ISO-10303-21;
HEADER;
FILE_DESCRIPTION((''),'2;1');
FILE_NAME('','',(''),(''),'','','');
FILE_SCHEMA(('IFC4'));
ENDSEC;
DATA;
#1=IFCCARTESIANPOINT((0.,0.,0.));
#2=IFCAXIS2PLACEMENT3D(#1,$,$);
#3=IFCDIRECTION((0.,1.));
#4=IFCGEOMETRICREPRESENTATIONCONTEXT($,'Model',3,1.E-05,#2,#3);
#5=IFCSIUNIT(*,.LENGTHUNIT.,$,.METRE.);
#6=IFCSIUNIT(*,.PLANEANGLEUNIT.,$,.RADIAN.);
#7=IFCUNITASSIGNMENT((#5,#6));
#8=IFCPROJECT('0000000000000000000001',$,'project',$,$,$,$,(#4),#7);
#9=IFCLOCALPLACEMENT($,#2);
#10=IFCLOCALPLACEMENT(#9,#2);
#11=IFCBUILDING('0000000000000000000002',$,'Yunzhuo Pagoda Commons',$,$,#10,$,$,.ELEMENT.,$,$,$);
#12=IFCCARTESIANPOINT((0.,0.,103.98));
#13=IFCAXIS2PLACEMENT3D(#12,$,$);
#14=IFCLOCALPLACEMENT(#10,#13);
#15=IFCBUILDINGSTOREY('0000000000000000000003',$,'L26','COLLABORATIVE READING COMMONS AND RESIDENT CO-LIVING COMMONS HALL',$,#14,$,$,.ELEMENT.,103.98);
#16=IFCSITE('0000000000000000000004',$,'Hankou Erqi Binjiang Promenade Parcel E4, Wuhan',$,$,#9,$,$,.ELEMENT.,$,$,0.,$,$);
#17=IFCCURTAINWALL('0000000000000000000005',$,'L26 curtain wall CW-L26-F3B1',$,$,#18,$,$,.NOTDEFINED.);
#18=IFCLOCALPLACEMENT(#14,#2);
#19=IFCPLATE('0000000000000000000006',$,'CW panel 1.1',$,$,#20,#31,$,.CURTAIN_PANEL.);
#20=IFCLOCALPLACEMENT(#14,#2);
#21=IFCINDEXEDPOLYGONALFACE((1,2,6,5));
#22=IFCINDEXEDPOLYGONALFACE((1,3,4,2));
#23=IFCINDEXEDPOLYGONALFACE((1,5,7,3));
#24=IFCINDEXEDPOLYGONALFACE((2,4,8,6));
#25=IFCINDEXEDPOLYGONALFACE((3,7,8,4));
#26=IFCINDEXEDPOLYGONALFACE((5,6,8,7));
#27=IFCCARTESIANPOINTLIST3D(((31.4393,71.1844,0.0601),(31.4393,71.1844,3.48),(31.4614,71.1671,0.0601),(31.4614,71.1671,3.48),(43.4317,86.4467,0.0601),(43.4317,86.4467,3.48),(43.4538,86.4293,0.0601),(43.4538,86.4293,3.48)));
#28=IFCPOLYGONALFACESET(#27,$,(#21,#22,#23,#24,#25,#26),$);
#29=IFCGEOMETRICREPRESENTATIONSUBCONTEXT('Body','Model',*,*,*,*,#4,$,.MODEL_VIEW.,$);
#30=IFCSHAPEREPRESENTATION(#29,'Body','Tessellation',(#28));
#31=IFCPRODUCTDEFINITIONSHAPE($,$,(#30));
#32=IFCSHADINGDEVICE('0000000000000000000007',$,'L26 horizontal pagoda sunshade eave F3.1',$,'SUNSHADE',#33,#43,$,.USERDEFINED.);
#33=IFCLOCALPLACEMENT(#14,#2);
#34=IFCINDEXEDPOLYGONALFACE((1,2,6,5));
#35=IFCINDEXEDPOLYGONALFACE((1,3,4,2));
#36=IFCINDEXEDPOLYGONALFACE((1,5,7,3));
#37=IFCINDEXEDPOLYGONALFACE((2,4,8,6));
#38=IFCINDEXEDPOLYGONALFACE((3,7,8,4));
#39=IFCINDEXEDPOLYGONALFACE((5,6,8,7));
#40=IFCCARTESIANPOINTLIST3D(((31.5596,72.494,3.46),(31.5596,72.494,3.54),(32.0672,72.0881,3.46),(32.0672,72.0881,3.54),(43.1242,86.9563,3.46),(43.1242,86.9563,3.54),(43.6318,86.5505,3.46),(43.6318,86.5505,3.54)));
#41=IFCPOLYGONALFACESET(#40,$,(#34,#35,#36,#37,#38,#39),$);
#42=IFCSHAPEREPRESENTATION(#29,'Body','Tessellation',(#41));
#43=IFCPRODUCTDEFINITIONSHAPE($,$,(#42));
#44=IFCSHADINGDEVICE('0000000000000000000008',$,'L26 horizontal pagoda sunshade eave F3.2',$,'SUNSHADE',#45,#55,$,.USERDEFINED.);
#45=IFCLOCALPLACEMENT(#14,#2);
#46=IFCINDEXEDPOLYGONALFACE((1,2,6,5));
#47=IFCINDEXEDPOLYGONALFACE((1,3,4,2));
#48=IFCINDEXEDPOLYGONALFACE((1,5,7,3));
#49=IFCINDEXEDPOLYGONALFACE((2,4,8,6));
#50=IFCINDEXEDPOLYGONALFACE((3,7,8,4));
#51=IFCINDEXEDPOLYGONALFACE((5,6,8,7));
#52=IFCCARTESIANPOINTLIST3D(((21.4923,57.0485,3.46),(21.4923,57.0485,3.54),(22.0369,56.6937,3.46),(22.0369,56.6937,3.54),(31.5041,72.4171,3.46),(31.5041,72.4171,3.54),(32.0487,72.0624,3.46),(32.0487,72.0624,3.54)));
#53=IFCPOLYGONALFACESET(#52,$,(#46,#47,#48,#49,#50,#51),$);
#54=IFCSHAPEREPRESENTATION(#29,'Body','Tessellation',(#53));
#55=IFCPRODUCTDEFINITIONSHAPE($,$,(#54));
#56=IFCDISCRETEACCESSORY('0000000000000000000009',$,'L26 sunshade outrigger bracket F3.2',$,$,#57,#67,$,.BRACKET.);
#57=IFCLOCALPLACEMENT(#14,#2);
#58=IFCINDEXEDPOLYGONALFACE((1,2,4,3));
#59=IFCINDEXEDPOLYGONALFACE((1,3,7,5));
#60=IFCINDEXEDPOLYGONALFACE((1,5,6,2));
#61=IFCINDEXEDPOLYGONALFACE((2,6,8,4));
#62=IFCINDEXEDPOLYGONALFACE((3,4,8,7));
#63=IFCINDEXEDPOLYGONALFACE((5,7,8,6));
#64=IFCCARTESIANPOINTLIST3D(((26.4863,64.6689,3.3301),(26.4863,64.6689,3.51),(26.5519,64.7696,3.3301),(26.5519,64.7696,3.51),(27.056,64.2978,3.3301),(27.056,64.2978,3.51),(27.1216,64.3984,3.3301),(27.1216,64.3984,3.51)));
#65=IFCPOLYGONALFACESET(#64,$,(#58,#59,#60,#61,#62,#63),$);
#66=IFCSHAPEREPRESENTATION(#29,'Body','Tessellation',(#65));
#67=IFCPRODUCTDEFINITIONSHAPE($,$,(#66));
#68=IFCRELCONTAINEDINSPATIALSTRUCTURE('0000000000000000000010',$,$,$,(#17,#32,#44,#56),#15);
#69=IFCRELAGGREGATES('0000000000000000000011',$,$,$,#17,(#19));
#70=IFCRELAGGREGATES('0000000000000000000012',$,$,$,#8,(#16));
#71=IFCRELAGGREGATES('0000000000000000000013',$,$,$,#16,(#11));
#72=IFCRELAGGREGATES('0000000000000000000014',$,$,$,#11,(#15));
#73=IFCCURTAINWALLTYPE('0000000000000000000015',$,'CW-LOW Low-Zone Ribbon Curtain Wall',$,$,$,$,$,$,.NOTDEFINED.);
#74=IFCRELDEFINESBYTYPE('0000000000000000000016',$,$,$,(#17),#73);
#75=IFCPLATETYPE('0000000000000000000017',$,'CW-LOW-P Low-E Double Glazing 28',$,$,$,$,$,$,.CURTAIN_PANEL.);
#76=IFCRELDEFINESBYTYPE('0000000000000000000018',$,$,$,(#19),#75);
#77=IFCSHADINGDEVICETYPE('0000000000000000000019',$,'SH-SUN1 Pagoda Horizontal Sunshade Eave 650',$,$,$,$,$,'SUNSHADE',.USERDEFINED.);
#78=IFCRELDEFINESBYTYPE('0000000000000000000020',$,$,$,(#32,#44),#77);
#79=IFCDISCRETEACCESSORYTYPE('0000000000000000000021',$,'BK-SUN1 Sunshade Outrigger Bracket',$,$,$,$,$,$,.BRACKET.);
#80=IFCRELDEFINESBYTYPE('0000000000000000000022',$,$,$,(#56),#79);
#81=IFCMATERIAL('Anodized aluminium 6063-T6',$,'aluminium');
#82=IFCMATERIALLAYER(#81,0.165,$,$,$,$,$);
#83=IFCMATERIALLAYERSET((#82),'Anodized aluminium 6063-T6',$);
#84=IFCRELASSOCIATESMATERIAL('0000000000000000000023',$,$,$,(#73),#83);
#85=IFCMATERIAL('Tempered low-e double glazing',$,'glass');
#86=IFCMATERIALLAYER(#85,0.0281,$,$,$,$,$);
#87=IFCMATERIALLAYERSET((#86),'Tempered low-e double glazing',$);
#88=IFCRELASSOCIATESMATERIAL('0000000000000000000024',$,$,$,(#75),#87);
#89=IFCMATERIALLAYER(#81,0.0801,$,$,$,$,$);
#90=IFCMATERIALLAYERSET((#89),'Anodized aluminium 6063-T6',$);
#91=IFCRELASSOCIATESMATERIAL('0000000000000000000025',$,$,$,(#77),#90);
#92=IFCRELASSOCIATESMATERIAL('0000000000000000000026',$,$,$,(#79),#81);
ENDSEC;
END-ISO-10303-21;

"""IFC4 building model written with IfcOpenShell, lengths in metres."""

from ifc_helpers import new_model, si_unit, direction, frame, origin, origin_2d, place, context, subcontext, project, spatial, rectangle, extrude, source, transform, mapped, material, layer, layer_set, type_object, element, aggregate, save


model = new_model("IFC4")

# Units and contexts
model_context = context("Model", 3, precision=1e-05, world=origin(), true_north=direction((0.0, 1.0)))
body_context = subcontext(model_context, "Body", "Model", "MODEL_VIEW")
ifc_project = project(units=[si_unit("LENGTHUNIT", "METRE"), si_unit("PLANEANGLEUNIT", "RADIAN")], contexts=[model_context])

# Site, building, storey
site_placement = place(None, origin())
site = spatial("IfcSite", under=ifc_project, at=site_placement, Name="Hankou Erqi Binjiang Promenade Parcel E4, Wuhan", CompositionType="ELEMENT", RefElevation=0.0)
building_placement = place(site_placement, origin())
building = spatial("IfcBuilding", under=site, at=building_placement, Name="Yunzhuo Pagoda Commons", CompositionType="ELEMENT")
storey_placement = place(building_placement, frame((0.0, 0.0, 103.98)))
storey = spatial("IfcBuildingStorey", under=building, at=storey_placement, Name="L26", Description="COLLABORATIVE READING COMMONS AND RESIDENT CO-LIVING COMMONS HALL", CompositionType="ELEMENT", Elevation=103.98)

# Shared definitions
ifc_material_1 = material(Name="Anodized aluminium 6063-T6", Category="aluminium")
ifc_layer_1 = layer(ifc_material_1, 0.165)
ifc_layer_set_1 = layer_set([ifc_layer_1], Name="Anodized aluminium 6063-T6")
curtain_wall_type = type_object("IfcCurtainWallType", Name="CW-LOW Low-Zone Ribbon Curtain Wall", PredefinedType="NOTDEFINED", material=ifc_layer_set_1)

# Curtain wall
curtain_wall_1_placement = place(storey_placement, origin())
curtain_wall_1 = element("IfcCurtainWall", 1, at=curtain_wall_1_placement, inside=storey, type_object=curtain_wall_type, Name="L26 curtain wall CW-L26-F3B1", PredefinedType="NOTDEFINED")

# Shared definitions
ifc_material_2 = material(Name="Tempered low-e double glazing", Category="glass")
ifc_layer_2 = layer(ifc_material_2, 0.0281)
ifc_layer_set_2 = layer_set([ifc_layer_2], Name="Tempered low-e double glazing")
plate_type_1 = type_object("IfcPlateType", Name="CW-LOW-P Low-E Double Glazing 28", PredefinedType="CURTAIN_PANEL", material=ifc_layer_set_2)

# Plate
shared_shape_1 = source(origin(), body_context, "Body", "SweptSolid", [
    extrude(rectangle(XDim=19.4102, YDim=0.0281, at=origin_2d()), origin(), (0.0, 0.0, 1.0), 3.4199),
])
plate_1_placement = place(storey_placement, frame((37.4465, 78.8069, 0.0601), z_axis=(0.0, 0.0, 1.0), x_axis=(-0.617843, -0.786301, 0.0)))
plate_1 = element("IfcPlate", 2, at=plate_1_placement, type_object=plate_type_1, Name="CW panel 1.1", PredefinedType="CURTAIN_PANEL", context=body_context, shape_type="MappedRepresentation", body=[
    mapped(shared_shape_1, transform((0.0, 0.0, 0.0), scale=1.0)),
])
aggregate(curtain_wall_1, [plate_1])

# Shading devices
ifc_layer_3 = layer(ifc_material_1, 0.0801)
ifc_layer_set_3 = layer_set([ifc_layer_3], Name="Anodized aluminium 6063-T6")
shading_device_type = type_object("IfcShadingDeviceType", Name="SH-SUN1 Pagoda Horizontal Sunshade Eave 650", ElementType="SUNSHADE", PredefinedType="USERDEFINED", material=ifc_layer_set_3)
shared_shape_2 = source(origin(), body_context, "Body", "SweptSolid", [
    extrude(rectangle(XDim=18.5176, YDim=0.6499, at=origin_2d()), origin(), (0.0, 0.0, 1.0), 0.0801),
])
shading_device_1_placement = place(storey_placement, frame((37.5957, 79.5222, 3.46), z_axis=(0.0, 0.0, 1.0), x_axis=(-0.62452, -0.781008, 0.0)))
element("IfcShadingDevice", 3, at=shading_device_1_placement, inside=storey, type_object=shading_device_type, Name="L26 horizontal pagoda sunshade eave F3.1", ObjectType="SUNSHADE", PredefinedType="USERDEFINED", context=body_context, shape_type="MappedRepresentation", body=[
    mapped(shared_shape_2, transform((0.0, 0.0, 0.0), scale=1.0)),
])
shared_shape_3 = source(origin(), body_context, "Body", "SweptSolid", [
    extrude(rectangle(XDim=18.342, YDim=0.6499, at=origin_2d()), origin(), (0.0, 0.0, 1.0), 0.0801),
])
shading_device_2_placement = place(storey_placement, frame((26.7705, 64.5554, 3.46), z_axis=(0.0, 0.0, 1.0), x_axis=(-0.545839, -0.83789, 0.0)))
element("IfcShadingDevice", 4, at=shading_device_2_placement, inside=storey, type_object=shading_device_type, Name="L26 horizontal pagoda sunshade eave F3.2", ObjectType="SUNSHADE", PredefinedType="USERDEFINED", context=body_context, shape_type="MappedRepresentation", body=[
    mapped(shared_shape_3, transform((0.0, 0.0, 0.0), scale=1.0)),
])

# Discrete accessory
discrete_accessory_type = type_object("IfcDiscreteAccessoryType", Name="BK-SUN1 Sunshade Outrigger Bracket", PredefinedType="BRACKET", material=ifc_material_1)
shared_shape_4 = source(origin(), body_context, "Body", "SweptSolid", [
    extrude(rectangle(XDim=0.1201, YDim=0.6799, at=origin_2d()), origin(), (0.0, 0.0, 1.0), 0.1799),
])
discrete_accessory_placement = place(storey_placement, frame((26.804, 64.5337, 3.3301), z_axis=(0.0, 0.0, 1.0), x_axis=(-0.545839, -0.83789, 0.0)))
element("IfcDiscreteAccessory", 5, at=discrete_accessory_placement, inside=storey, type_object=discrete_accessory_type, Name="L26 sunshade outrigger bracket F3.2", PredefinedType="BRACKET", context=body_context, shape_type="MappedRepresentation", body=[
    mapped(shared_shape_4, transform((0.0, 0.0, 0.0), scale=1.0)),
])

save(model, "model.ifc")
